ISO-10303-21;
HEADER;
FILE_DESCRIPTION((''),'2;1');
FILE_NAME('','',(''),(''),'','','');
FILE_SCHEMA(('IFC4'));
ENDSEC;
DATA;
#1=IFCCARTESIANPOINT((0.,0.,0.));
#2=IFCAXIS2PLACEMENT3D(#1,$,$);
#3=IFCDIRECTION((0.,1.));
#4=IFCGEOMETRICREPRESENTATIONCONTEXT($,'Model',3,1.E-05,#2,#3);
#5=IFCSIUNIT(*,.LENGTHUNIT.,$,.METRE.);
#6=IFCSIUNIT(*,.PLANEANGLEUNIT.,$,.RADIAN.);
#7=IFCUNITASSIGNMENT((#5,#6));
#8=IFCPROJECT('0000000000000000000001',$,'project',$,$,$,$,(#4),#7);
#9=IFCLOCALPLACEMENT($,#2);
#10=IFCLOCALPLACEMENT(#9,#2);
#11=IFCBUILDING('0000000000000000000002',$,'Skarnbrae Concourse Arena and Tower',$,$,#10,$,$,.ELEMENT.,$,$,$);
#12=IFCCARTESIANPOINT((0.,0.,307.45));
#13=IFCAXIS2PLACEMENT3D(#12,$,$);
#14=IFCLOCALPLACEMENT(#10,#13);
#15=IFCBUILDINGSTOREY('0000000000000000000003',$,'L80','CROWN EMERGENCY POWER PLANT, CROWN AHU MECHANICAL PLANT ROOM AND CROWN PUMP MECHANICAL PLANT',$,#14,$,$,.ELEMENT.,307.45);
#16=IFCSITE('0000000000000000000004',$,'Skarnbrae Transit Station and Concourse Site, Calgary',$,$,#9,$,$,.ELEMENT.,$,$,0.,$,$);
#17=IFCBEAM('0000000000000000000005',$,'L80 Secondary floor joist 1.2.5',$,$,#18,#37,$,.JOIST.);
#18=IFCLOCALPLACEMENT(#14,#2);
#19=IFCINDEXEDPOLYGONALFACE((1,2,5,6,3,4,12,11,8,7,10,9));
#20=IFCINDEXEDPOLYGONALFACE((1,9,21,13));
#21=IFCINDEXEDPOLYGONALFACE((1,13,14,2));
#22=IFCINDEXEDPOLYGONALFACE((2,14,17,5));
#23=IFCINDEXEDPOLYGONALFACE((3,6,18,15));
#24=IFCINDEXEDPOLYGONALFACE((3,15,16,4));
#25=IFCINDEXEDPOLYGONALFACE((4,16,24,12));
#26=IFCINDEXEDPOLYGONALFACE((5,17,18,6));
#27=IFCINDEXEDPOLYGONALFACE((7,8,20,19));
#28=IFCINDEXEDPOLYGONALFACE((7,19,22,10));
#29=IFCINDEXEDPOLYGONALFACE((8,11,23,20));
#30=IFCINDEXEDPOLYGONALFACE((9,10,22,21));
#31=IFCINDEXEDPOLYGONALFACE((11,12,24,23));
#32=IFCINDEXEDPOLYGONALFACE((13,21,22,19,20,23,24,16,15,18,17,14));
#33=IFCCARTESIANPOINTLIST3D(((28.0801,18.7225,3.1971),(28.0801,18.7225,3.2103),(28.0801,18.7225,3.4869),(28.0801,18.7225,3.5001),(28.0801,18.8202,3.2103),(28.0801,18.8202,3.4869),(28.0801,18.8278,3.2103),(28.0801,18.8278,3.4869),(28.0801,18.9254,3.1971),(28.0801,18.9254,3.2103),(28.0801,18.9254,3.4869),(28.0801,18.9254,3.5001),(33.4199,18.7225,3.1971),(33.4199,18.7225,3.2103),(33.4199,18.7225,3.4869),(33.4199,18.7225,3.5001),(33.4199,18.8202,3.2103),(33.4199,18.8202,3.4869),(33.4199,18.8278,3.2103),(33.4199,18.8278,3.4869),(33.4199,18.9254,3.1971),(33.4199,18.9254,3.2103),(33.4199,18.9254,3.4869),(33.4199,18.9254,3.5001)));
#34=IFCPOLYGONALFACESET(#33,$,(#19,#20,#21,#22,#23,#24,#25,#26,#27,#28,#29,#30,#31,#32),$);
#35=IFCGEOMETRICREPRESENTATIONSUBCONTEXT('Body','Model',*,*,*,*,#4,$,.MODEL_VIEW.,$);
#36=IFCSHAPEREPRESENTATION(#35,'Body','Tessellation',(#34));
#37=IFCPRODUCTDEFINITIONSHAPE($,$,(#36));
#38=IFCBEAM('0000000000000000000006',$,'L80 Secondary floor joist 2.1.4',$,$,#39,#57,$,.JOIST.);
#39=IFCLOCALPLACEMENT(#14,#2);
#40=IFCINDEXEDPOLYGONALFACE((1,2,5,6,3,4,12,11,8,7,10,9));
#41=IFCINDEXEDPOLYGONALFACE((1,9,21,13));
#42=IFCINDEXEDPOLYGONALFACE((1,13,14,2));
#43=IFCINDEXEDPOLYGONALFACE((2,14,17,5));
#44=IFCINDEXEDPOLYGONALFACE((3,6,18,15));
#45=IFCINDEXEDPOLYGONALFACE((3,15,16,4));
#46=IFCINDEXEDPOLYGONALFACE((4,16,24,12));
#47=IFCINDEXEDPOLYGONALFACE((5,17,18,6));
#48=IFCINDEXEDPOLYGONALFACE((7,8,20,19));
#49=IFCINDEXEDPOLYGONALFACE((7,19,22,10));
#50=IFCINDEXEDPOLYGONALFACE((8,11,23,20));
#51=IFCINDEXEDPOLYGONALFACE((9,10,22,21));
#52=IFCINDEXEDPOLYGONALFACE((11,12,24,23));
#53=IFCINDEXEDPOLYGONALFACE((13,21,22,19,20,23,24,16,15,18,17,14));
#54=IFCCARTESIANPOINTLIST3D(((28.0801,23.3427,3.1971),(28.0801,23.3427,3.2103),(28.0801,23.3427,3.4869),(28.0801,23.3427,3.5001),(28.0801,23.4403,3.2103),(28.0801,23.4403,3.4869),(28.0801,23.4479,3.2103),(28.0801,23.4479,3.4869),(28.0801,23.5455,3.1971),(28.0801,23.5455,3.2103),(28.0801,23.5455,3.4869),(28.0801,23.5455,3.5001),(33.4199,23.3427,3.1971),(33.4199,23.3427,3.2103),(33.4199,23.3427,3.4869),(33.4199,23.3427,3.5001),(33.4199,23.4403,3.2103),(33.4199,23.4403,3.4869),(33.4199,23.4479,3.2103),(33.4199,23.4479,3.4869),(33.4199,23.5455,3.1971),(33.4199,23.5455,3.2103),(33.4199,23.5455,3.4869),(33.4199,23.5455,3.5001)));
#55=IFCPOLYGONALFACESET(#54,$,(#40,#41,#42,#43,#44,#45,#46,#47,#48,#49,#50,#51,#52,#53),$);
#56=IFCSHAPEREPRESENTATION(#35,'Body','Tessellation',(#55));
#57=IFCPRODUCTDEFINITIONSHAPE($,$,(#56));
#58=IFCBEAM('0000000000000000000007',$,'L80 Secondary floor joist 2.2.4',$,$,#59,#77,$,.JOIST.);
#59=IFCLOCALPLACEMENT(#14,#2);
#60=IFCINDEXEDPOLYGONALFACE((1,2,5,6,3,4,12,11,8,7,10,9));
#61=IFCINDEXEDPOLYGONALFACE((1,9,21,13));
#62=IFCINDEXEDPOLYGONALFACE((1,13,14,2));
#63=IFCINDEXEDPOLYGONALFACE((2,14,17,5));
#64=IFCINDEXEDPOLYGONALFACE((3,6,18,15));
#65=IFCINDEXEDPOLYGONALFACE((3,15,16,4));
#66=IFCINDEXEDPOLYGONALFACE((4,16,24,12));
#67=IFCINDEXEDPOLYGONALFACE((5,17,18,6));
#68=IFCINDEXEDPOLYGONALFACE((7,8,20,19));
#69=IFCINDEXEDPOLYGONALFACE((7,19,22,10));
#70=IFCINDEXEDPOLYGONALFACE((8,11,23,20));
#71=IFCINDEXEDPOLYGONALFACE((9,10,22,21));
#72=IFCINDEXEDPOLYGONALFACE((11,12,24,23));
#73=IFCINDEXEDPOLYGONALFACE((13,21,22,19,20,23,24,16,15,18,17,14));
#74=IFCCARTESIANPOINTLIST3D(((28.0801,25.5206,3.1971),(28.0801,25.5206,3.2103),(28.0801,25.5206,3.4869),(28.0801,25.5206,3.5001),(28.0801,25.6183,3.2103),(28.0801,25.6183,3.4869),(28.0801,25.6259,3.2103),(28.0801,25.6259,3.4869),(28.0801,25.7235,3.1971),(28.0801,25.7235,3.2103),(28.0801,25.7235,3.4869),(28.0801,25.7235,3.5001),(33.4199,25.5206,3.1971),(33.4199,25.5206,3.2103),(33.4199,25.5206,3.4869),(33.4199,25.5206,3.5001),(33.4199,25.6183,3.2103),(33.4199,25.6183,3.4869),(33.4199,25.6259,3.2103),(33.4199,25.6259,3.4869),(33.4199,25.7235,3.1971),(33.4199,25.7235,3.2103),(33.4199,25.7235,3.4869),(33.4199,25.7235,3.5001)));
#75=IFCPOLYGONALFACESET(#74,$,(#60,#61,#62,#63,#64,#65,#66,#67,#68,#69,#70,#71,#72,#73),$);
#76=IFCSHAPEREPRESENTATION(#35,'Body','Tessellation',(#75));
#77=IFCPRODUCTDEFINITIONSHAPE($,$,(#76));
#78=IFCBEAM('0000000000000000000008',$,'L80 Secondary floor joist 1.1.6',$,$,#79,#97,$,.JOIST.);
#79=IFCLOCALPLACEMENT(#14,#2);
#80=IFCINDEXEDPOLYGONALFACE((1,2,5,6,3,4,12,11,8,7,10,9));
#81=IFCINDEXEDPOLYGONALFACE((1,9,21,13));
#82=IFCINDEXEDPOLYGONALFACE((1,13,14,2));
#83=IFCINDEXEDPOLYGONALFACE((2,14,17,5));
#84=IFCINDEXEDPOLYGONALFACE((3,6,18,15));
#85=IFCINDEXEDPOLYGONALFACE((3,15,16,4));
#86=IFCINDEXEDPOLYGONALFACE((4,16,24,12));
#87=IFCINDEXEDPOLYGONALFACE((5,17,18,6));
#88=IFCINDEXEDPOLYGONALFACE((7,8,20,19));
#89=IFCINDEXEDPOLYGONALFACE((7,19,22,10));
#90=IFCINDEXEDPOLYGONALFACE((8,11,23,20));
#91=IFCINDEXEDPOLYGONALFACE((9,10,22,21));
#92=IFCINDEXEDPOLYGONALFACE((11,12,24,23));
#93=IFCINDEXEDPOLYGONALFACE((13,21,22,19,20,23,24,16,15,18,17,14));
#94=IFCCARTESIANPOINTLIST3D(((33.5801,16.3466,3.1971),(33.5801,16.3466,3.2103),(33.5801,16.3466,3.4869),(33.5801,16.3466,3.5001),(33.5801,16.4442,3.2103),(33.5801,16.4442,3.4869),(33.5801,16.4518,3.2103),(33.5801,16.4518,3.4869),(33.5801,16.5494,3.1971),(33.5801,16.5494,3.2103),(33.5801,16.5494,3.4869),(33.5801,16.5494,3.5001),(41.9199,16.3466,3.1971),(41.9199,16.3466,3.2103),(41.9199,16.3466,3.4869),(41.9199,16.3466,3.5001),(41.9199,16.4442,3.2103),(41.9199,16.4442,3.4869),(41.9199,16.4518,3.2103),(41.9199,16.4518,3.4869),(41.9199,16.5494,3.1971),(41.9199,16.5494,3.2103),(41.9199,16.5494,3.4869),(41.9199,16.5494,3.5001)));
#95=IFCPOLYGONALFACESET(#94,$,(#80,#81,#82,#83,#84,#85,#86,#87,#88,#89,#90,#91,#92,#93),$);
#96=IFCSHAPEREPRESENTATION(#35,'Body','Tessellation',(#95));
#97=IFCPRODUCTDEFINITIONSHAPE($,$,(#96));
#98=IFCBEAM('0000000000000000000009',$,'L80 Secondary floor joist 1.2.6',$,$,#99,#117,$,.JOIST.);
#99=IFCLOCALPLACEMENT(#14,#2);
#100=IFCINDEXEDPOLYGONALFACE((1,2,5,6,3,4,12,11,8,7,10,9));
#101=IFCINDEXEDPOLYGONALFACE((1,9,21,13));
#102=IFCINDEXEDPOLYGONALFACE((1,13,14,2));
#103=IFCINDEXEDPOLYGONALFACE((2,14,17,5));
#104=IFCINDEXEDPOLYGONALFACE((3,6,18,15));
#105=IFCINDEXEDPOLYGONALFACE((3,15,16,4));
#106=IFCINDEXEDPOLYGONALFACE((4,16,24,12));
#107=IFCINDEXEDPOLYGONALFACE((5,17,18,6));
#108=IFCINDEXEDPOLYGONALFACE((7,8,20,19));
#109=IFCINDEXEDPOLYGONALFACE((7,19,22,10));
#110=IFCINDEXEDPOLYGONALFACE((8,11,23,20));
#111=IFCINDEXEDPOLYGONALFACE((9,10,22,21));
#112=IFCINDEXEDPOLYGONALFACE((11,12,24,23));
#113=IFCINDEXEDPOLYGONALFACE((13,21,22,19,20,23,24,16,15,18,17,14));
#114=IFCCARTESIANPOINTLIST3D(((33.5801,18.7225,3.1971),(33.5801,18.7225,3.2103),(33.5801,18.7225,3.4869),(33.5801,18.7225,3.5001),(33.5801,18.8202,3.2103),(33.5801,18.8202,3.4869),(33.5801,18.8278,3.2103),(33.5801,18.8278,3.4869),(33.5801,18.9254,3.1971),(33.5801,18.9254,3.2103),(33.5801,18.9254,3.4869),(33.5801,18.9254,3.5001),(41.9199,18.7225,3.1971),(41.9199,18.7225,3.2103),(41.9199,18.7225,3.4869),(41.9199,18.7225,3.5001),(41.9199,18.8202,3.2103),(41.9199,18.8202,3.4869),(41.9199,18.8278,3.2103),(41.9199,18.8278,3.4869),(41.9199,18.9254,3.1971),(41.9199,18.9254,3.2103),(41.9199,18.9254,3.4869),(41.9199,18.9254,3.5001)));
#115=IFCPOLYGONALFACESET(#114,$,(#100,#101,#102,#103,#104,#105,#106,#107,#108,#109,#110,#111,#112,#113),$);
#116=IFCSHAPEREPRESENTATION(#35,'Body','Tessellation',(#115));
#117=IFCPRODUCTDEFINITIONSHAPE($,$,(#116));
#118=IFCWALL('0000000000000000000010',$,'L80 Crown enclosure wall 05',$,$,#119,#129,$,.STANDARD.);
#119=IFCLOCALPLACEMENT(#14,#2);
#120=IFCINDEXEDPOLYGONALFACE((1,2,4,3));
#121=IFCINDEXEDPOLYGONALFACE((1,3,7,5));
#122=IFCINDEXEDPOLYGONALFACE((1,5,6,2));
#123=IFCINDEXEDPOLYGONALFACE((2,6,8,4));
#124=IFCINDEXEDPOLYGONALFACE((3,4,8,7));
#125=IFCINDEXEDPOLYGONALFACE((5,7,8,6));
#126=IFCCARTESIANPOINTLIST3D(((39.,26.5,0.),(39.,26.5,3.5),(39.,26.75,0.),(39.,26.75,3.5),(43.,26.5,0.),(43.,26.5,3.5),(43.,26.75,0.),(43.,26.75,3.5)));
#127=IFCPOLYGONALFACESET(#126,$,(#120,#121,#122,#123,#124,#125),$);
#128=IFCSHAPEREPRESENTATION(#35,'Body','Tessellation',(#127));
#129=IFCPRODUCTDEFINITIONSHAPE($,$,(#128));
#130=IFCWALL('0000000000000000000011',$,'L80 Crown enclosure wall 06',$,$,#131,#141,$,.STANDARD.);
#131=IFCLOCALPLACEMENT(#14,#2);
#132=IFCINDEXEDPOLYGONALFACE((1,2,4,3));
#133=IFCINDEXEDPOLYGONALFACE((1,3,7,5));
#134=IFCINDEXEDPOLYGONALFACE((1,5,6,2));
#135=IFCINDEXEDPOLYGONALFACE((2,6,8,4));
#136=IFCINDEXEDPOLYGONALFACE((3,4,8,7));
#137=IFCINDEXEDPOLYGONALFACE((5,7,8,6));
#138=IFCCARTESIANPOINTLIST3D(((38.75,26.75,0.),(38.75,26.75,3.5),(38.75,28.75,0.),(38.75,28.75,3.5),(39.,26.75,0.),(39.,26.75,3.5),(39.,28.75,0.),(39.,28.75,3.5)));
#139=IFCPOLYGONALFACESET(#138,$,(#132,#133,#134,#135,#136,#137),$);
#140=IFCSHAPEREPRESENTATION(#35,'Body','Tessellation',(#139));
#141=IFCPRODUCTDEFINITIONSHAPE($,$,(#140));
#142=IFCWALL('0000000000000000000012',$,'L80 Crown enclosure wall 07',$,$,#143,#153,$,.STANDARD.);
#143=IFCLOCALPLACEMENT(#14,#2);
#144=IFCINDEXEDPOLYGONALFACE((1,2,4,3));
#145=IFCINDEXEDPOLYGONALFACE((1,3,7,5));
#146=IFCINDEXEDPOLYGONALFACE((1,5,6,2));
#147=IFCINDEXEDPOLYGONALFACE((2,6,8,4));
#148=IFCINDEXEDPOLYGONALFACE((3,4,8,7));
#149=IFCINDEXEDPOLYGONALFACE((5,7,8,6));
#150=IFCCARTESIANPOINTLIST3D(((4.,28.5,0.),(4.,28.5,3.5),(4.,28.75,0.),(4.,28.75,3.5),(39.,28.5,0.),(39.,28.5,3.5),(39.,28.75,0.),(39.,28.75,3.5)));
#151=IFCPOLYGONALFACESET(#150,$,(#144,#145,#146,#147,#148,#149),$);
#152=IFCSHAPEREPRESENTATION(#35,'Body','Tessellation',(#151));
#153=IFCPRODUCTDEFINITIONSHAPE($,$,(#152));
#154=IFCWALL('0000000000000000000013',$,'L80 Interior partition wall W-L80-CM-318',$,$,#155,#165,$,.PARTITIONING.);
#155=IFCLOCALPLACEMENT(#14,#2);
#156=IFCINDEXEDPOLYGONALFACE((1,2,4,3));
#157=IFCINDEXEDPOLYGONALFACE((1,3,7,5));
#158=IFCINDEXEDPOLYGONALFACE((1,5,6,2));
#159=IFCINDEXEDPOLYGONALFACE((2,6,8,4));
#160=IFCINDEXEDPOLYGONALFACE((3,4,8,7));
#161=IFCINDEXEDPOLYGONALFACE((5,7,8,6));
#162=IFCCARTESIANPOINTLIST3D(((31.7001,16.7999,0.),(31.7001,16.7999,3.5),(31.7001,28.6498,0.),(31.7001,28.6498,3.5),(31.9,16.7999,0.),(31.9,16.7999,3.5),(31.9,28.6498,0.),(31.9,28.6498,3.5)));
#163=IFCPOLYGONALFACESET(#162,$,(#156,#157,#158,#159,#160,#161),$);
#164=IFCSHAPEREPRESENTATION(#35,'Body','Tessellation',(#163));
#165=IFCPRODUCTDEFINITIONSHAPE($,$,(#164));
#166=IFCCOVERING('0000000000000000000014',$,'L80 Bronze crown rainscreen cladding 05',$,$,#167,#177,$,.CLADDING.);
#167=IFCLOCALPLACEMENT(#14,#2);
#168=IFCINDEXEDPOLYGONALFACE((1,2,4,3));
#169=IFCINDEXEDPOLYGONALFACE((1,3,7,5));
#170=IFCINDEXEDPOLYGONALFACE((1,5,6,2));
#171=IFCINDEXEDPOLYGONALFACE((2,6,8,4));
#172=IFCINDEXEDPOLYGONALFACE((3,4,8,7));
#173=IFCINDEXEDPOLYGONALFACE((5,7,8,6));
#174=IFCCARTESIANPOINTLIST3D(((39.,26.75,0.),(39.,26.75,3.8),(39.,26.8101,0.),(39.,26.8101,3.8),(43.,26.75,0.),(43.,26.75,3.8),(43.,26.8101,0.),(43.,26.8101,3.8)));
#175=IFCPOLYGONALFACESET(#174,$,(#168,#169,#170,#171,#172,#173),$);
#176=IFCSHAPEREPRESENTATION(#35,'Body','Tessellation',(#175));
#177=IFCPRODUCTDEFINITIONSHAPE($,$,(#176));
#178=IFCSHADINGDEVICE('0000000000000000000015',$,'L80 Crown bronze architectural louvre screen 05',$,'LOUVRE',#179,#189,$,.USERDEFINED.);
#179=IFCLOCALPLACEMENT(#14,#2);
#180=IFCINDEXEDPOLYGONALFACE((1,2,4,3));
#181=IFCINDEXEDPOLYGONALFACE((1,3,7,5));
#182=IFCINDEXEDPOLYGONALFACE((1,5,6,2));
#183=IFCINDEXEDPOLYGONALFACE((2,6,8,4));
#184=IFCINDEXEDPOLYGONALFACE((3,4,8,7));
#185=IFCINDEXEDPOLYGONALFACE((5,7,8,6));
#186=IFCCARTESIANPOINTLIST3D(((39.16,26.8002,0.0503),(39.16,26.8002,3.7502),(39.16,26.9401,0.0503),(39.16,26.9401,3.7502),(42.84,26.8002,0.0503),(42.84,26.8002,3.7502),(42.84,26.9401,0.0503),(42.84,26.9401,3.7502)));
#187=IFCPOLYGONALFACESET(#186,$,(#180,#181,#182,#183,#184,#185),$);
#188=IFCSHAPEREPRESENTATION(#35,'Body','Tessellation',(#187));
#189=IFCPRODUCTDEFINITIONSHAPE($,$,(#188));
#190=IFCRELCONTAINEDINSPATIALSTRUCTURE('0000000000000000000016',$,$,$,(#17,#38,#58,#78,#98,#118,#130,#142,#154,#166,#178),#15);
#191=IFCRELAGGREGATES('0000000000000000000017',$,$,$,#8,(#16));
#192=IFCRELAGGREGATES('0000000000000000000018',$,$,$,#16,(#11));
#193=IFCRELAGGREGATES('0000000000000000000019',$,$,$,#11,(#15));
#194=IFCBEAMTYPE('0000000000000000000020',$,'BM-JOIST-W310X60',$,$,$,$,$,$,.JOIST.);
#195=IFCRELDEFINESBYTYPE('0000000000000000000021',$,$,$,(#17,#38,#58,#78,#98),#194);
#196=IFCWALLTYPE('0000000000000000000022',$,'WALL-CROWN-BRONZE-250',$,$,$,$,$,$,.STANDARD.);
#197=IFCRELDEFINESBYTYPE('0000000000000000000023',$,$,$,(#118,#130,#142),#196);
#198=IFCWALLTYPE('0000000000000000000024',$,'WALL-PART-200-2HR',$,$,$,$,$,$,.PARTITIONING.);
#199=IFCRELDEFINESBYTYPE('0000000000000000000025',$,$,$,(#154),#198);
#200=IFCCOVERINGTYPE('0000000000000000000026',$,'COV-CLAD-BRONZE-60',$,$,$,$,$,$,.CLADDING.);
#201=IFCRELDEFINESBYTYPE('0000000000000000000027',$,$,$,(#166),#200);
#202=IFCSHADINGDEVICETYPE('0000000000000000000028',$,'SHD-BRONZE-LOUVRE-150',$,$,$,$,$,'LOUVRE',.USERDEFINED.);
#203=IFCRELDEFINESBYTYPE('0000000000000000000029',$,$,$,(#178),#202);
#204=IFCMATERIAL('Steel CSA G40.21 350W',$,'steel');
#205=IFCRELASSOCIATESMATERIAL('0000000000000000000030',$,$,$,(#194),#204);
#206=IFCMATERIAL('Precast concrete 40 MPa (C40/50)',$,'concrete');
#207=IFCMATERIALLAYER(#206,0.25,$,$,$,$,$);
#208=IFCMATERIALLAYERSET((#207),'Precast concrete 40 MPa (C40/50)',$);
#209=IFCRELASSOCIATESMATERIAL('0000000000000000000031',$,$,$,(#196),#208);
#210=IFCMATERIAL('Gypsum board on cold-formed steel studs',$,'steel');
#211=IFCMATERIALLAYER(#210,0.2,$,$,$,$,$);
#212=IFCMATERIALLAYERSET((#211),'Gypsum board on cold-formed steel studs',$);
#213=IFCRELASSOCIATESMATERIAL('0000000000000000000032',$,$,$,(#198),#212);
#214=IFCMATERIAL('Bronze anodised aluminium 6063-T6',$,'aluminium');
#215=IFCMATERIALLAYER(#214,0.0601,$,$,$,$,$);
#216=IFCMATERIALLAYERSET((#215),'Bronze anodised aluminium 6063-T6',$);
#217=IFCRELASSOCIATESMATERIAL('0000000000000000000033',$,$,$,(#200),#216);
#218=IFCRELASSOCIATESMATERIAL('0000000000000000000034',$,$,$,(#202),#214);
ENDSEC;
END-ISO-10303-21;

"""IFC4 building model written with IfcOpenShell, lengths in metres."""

from ifc_helpers import new_model, si_unit, direction, frame, frame_2d, origin, origin_2d, place, context, subcontext, project, spatial, rectangle, i_section, extrude, source, transform, mapped, material, layer, layer_set, material_profile, profile_set, type_object, element, save


model = new_model("IFC4")

# Units and contexts
model_context = context("Model", 3, precision=1e-05, world=origin(), true_north=direction((0.0, 1.0)))
body_context = subcontext(model_context, "Body", "Model", "MODEL_VIEW")
ifc_project = project(units=[si_unit("LENGTHUNIT", "METRE"), si_unit("PLANEANGLEUNIT", "RADIAN")], contexts=[model_context])

# Site, building, storey
site_placement = place(None, origin())
site = spatial("IfcSite", under=ifc_project, at=site_placement, Name="Skarnbrae Transit Station and Concourse Site, Calgary", CompositionType="ELEMENT", RefElevation=0.0)
building_placement = place(site_placement, origin())
building = spatial("IfcBuilding", under=site, at=building_placement, Name="Skarnbrae Concourse Arena and Tower", CompositionType="ELEMENT")
storey_placement = place(building_placement, frame((0.0, 0.0, 307.45)))
storey = spatial("IfcBuildingStorey", under=building, at=storey_placement, Name="L80", Description="CROWN EMERGENCY POWER PLANT, CROWN AHU MECHANICAL PLANT ROOM AND CROWN PUMP MECHANICAL PLANT", CompositionType="ELEMENT", Elevation=307.45)

# Shared definitions
ifc_material_1 = material(Name="Steel CSA G40.21 350W", Category="steel")

# Beams
ifc_material_profile_1 = material_profile(ifc_material_1, i_section(OverallWidth=0.2029, OverallDepth=0.303, WebThickness=0.0076, FlangeThickness=0.0132, at=origin_2d()), Name="W310X60")
ifc_profile_set_1 = profile_set([ifc_material_profile_1], Name="Steel CSA G40.21 350W")
beam_type_1 = type_object("IfcBeamType", Name="BM-JOIST-W310X60", PredefinedType="JOIST", material=ifc_profile_set_1)
shared_shape_1 = source(origin(), body_context, "Body", "SweptSolid", [
    extrude(i_section(OverallWidth=0.2029, OverallDepth=0.303, WebThickness=0.0076, FlangeThickness=0.0132, at=origin_2d()), origin(), (0.0, 0.0, 1.0), 5.3398),
])
for number, where, z_axis, x_axis, name in (
    (1, (28.0801, 18.824, 3.3486), (1.0, 0.0, 0.0), (0.0, 1.0, 0.0), "L80 Secondary floor joist 1.2.5"),
    (2, (28.0801, 23.4441, 3.3486), (1.0, 0.0, 0.0), (0.0, 1.0, 0.0), "L80 Secondary floor joist 2.1.4"),
    (3, (28.0801, 25.6221, 3.3486), (1.0, 0.0, 0.0), (0.0, 1.0, 0.0), "L80 Secondary floor joist 2.2.4"),
):
    element("IfcBeam", number, at=place(storey_placement, frame(where, z_axis=z_axis, x_axis=x_axis)), inside=storey, type_object=beam_type_1, Name=name, PredefinedType="JOIST", context=body_context, shape_type="MappedRepresentation", body=[
        mapped(shared_shape_1, transform((0.0, 0.0, 0.0))),
    ])
shared_shape_2 = source(origin(), body_context, "Body", "SweptSolid", [
    extrude(i_section(OverallWidth=0.2029, OverallDepth=0.303, WebThickness=0.0076, FlangeThickness=0.0132, at=origin_2d()), origin(), (0.0, 0.0, 1.0), 8.3398),
])
for number, where, z_axis, x_axis, name in (
    (4, (33.5801, 16.448, 3.3486), (1.0, 0.0, 0.0), (0.0, 1.0, 0.0), "L80 Secondary floor joist 1.1.6"),
    (5, (33.5801, 18.824, 3.3486), (1.0, 0.0, 0.0), (0.0, 1.0, 0.0), "L80 Secondary floor joist 1.2.6"),
):
    element("IfcBeam", number, at=place(storey_placement, frame(where, z_axis=z_axis, x_axis=x_axis)), inside=storey, type_object=beam_type_1, Name=name, PredefinedType="JOIST", context=body_context, shape_type="MappedRepresentation", body=[
        mapped(shared_shape_2, transform((0.0, 0.0, 0.0))),
    ])

# Walls
ifc_material_2 = material(Name="Precast concrete 40 MPa (C40/50)", Category="concrete")
ifc_layer_1 = layer(ifc_material_2, 0.25)
ifc_layer_set_1 = layer_set([ifc_layer_1], Name="Precast concrete 40 MPa (C40/50)")
wall_type_1 = type_object("IfcWallType", Name="WALL-CROWN-BRONZE-250", PredefinedType="STANDARD", material=ifc_layer_set_1)
shared_shape_3 = source(origin(), body_context, "Body", "SweptSolid", [
    extrude(rectangle(XDim=4.0, YDim=0.25, at=frame_2d((2.0, 0.0))), origin(), (0.0, 0.0, 1.0), 3.5),
])
wall_1_placement = place(storey_placement, frame((43.0, 26.625, 0.0), z_axis=(0.0, 0.0, 1.0), x_axis=(-1.0, 0.0, 0.0)))
element("IfcWall", 6, at=wall_1_placement, inside=storey, type_object=wall_type_1, Name="L80 Crown enclosure wall 05", PredefinedType="STANDARD", context=body_context, shape_type="MappedRepresentation", body=[
    mapped(shared_shape_3, transform((0.0, 0.0, 0.0))),
])
shared_shape_4 = source(origin(), body_context, "Body", "SweptSolid", [
    extrude(rectangle(XDim=2.0, YDim=0.25, at=frame_2d((1.0, 0.0))), origin(), (0.0, 0.0, 1.0), 3.5),
])
wall_2_placement = place(storey_placement, frame((38.875, 26.75, 0.0), z_axis=(0.0, 0.0, 1.0), x_axis=(0.0, 1.0, 0.0)))
element("IfcWall", 7, at=wall_2_placement, inside=storey, type_object=wall_type_1, Name="L80 Crown enclosure wall 06", PredefinedType="STANDARD", context=body_context, shape_type="MappedRepresentation", body=[
    mapped(shared_shape_4, transform((0.0, 0.0, 0.0))),
])
shared_shape_5 = source(origin(), body_context, "Body", "SweptSolid", [
    extrude(rectangle(XDim=35.0, YDim=0.25, at=frame_2d((17.5, 0.0))), origin(), (0.0, 0.0, 1.0), 3.5),
])
wall_3_placement = place(storey_placement, frame((39.0, 28.625, 0.0), z_axis=(0.0, 0.0, 1.0), x_axis=(-1.0, 0.0, 0.0)))
element("IfcWall", 8, at=wall_3_placement, inside=storey, type_object=wall_type_1, Name="L80 Crown enclosure wall 07", PredefinedType="STANDARD", context=body_context, shape_type="MappedRepresentation", body=[
    mapped(shared_shape_5, transform((0.0, 0.0, 0.0))),
])
ifc_material_3 = material(Name="Gypsum board on cold-formed steel studs", Category="steel")
ifc_layer_2 = layer(ifc_material_3, 0.2)
ifc_layer_set_2 = layer_set([ifc_layer_2], Name="Gypsum board on cold-formed steel studs")
wall_type_2 = type_object("IfcWallType", Name="WALL-PART-200-2HR", PredefinedType="PARTITIONING", material=ifc_layer_set_2)
shared_shape_6 = source(origin(), body_context, "Body", "SweptSolid", [
    extrude(rectangle(XDim=11.8499, YDim=0.2, at=frame_2d((5.9248, 0.0))), origin(), (0.0, 0.0, 1.0), 3.5),
])
wall_4_placement = place(storey_placement, frame((31.8, 16.8, 0.0), z_axis=(0.0, 0.0, 1.0), x_axis=(0.0, 1.0, 0.0)))
element("IfcWall", 9, at=wall_4_placement, inside=storey, type_object=wall_type_2, Name="L80 Interior partition wall W-L80-CM-318", PredefinedType="PARTITIONING", context=body_context, shape_type="MappedRepresentation", body=[
    mapped(shared_shape_6, transform((0.0, 0.0, 0.0))),
])

# Covering
ifc_material_4 = material(Name="Bronze anodised aluminium 6063-T6", Category="aluminium")
ifc_layer_3 = layer(ifc_material_4, 0.0601)
ifc_layer_set_3 = layer_set([ifc_layer_3], Name="Bronze anodised aluminium 6063-T6")
covering_type = type_object("IfcCoveringType", Name="COV-CLAD-BRONZE-60", PredefinedType="CLADDING", material=ifc_layer_set_3)
shared_shape_7 = source(origin(), body_context, "Body", "SweptSolid", [
    extrude(rectangle(XDim=4.0, YDim=0.0601, at=origin_2d()), origin(), (0.0, 0.0, 1.0), 3.8),
])
covering_1_placement = place(storey_placement, frame((41.0, 26.78, 0.0), z_axis=(0.0, 0.0, 1.0), x_axis=(-1.0, 0.0, 0.0)))
element("IfcCovering", 10, at=covering_1_placement, inside=storey, type_object=covering_type, Name="L80 Bronze crown rainscreen cladding 05", PredefinedType="CLADDING", context=body_context, shape_type="MappedRepresentation", body=[
    mapped(shared_shape_7, transform((0.0, 0.0, 0.0))),
])

# Shading device
shading_device_type = type_object("IfcShadingDeviceType", Name="SHD-BRONZE-LOUVRE-150", ElementType="LOUVRE", PredefinedType="USERDEFINED", material=ifc_material_4)
shared_shape_8 = source(origin(), body_context, "Body", "SweptSolid", [
    extrude(rectangle(XDim=3.6799, YDim=0.1399, at=origin_2d()), origin(), (0.0, 0.0, 1.0), 3.7),
])
shading_device_1_placement = place(storey_placement, frame((41.0, 26.8701, 0.0503), z_axis=(0.0, 0.0, 1.0), x_axis=(-1.0, 0.0, 0.0)))
element("IfcShadingDevice", 11, at=shading_device_1_placement, inside=storey, type_object=shading_device_type, Name="L80 Crown bronze architectural louvre screen 05", ObjectType="LOUVRE", PredefinedType="USERDEFINED", context=body_context, shape_type="MappedRepresentation", body=[
    mapped(shared_shape_8, transform((0.0, 0.0, 0.0))),
])

save(model, "model.ifc")
